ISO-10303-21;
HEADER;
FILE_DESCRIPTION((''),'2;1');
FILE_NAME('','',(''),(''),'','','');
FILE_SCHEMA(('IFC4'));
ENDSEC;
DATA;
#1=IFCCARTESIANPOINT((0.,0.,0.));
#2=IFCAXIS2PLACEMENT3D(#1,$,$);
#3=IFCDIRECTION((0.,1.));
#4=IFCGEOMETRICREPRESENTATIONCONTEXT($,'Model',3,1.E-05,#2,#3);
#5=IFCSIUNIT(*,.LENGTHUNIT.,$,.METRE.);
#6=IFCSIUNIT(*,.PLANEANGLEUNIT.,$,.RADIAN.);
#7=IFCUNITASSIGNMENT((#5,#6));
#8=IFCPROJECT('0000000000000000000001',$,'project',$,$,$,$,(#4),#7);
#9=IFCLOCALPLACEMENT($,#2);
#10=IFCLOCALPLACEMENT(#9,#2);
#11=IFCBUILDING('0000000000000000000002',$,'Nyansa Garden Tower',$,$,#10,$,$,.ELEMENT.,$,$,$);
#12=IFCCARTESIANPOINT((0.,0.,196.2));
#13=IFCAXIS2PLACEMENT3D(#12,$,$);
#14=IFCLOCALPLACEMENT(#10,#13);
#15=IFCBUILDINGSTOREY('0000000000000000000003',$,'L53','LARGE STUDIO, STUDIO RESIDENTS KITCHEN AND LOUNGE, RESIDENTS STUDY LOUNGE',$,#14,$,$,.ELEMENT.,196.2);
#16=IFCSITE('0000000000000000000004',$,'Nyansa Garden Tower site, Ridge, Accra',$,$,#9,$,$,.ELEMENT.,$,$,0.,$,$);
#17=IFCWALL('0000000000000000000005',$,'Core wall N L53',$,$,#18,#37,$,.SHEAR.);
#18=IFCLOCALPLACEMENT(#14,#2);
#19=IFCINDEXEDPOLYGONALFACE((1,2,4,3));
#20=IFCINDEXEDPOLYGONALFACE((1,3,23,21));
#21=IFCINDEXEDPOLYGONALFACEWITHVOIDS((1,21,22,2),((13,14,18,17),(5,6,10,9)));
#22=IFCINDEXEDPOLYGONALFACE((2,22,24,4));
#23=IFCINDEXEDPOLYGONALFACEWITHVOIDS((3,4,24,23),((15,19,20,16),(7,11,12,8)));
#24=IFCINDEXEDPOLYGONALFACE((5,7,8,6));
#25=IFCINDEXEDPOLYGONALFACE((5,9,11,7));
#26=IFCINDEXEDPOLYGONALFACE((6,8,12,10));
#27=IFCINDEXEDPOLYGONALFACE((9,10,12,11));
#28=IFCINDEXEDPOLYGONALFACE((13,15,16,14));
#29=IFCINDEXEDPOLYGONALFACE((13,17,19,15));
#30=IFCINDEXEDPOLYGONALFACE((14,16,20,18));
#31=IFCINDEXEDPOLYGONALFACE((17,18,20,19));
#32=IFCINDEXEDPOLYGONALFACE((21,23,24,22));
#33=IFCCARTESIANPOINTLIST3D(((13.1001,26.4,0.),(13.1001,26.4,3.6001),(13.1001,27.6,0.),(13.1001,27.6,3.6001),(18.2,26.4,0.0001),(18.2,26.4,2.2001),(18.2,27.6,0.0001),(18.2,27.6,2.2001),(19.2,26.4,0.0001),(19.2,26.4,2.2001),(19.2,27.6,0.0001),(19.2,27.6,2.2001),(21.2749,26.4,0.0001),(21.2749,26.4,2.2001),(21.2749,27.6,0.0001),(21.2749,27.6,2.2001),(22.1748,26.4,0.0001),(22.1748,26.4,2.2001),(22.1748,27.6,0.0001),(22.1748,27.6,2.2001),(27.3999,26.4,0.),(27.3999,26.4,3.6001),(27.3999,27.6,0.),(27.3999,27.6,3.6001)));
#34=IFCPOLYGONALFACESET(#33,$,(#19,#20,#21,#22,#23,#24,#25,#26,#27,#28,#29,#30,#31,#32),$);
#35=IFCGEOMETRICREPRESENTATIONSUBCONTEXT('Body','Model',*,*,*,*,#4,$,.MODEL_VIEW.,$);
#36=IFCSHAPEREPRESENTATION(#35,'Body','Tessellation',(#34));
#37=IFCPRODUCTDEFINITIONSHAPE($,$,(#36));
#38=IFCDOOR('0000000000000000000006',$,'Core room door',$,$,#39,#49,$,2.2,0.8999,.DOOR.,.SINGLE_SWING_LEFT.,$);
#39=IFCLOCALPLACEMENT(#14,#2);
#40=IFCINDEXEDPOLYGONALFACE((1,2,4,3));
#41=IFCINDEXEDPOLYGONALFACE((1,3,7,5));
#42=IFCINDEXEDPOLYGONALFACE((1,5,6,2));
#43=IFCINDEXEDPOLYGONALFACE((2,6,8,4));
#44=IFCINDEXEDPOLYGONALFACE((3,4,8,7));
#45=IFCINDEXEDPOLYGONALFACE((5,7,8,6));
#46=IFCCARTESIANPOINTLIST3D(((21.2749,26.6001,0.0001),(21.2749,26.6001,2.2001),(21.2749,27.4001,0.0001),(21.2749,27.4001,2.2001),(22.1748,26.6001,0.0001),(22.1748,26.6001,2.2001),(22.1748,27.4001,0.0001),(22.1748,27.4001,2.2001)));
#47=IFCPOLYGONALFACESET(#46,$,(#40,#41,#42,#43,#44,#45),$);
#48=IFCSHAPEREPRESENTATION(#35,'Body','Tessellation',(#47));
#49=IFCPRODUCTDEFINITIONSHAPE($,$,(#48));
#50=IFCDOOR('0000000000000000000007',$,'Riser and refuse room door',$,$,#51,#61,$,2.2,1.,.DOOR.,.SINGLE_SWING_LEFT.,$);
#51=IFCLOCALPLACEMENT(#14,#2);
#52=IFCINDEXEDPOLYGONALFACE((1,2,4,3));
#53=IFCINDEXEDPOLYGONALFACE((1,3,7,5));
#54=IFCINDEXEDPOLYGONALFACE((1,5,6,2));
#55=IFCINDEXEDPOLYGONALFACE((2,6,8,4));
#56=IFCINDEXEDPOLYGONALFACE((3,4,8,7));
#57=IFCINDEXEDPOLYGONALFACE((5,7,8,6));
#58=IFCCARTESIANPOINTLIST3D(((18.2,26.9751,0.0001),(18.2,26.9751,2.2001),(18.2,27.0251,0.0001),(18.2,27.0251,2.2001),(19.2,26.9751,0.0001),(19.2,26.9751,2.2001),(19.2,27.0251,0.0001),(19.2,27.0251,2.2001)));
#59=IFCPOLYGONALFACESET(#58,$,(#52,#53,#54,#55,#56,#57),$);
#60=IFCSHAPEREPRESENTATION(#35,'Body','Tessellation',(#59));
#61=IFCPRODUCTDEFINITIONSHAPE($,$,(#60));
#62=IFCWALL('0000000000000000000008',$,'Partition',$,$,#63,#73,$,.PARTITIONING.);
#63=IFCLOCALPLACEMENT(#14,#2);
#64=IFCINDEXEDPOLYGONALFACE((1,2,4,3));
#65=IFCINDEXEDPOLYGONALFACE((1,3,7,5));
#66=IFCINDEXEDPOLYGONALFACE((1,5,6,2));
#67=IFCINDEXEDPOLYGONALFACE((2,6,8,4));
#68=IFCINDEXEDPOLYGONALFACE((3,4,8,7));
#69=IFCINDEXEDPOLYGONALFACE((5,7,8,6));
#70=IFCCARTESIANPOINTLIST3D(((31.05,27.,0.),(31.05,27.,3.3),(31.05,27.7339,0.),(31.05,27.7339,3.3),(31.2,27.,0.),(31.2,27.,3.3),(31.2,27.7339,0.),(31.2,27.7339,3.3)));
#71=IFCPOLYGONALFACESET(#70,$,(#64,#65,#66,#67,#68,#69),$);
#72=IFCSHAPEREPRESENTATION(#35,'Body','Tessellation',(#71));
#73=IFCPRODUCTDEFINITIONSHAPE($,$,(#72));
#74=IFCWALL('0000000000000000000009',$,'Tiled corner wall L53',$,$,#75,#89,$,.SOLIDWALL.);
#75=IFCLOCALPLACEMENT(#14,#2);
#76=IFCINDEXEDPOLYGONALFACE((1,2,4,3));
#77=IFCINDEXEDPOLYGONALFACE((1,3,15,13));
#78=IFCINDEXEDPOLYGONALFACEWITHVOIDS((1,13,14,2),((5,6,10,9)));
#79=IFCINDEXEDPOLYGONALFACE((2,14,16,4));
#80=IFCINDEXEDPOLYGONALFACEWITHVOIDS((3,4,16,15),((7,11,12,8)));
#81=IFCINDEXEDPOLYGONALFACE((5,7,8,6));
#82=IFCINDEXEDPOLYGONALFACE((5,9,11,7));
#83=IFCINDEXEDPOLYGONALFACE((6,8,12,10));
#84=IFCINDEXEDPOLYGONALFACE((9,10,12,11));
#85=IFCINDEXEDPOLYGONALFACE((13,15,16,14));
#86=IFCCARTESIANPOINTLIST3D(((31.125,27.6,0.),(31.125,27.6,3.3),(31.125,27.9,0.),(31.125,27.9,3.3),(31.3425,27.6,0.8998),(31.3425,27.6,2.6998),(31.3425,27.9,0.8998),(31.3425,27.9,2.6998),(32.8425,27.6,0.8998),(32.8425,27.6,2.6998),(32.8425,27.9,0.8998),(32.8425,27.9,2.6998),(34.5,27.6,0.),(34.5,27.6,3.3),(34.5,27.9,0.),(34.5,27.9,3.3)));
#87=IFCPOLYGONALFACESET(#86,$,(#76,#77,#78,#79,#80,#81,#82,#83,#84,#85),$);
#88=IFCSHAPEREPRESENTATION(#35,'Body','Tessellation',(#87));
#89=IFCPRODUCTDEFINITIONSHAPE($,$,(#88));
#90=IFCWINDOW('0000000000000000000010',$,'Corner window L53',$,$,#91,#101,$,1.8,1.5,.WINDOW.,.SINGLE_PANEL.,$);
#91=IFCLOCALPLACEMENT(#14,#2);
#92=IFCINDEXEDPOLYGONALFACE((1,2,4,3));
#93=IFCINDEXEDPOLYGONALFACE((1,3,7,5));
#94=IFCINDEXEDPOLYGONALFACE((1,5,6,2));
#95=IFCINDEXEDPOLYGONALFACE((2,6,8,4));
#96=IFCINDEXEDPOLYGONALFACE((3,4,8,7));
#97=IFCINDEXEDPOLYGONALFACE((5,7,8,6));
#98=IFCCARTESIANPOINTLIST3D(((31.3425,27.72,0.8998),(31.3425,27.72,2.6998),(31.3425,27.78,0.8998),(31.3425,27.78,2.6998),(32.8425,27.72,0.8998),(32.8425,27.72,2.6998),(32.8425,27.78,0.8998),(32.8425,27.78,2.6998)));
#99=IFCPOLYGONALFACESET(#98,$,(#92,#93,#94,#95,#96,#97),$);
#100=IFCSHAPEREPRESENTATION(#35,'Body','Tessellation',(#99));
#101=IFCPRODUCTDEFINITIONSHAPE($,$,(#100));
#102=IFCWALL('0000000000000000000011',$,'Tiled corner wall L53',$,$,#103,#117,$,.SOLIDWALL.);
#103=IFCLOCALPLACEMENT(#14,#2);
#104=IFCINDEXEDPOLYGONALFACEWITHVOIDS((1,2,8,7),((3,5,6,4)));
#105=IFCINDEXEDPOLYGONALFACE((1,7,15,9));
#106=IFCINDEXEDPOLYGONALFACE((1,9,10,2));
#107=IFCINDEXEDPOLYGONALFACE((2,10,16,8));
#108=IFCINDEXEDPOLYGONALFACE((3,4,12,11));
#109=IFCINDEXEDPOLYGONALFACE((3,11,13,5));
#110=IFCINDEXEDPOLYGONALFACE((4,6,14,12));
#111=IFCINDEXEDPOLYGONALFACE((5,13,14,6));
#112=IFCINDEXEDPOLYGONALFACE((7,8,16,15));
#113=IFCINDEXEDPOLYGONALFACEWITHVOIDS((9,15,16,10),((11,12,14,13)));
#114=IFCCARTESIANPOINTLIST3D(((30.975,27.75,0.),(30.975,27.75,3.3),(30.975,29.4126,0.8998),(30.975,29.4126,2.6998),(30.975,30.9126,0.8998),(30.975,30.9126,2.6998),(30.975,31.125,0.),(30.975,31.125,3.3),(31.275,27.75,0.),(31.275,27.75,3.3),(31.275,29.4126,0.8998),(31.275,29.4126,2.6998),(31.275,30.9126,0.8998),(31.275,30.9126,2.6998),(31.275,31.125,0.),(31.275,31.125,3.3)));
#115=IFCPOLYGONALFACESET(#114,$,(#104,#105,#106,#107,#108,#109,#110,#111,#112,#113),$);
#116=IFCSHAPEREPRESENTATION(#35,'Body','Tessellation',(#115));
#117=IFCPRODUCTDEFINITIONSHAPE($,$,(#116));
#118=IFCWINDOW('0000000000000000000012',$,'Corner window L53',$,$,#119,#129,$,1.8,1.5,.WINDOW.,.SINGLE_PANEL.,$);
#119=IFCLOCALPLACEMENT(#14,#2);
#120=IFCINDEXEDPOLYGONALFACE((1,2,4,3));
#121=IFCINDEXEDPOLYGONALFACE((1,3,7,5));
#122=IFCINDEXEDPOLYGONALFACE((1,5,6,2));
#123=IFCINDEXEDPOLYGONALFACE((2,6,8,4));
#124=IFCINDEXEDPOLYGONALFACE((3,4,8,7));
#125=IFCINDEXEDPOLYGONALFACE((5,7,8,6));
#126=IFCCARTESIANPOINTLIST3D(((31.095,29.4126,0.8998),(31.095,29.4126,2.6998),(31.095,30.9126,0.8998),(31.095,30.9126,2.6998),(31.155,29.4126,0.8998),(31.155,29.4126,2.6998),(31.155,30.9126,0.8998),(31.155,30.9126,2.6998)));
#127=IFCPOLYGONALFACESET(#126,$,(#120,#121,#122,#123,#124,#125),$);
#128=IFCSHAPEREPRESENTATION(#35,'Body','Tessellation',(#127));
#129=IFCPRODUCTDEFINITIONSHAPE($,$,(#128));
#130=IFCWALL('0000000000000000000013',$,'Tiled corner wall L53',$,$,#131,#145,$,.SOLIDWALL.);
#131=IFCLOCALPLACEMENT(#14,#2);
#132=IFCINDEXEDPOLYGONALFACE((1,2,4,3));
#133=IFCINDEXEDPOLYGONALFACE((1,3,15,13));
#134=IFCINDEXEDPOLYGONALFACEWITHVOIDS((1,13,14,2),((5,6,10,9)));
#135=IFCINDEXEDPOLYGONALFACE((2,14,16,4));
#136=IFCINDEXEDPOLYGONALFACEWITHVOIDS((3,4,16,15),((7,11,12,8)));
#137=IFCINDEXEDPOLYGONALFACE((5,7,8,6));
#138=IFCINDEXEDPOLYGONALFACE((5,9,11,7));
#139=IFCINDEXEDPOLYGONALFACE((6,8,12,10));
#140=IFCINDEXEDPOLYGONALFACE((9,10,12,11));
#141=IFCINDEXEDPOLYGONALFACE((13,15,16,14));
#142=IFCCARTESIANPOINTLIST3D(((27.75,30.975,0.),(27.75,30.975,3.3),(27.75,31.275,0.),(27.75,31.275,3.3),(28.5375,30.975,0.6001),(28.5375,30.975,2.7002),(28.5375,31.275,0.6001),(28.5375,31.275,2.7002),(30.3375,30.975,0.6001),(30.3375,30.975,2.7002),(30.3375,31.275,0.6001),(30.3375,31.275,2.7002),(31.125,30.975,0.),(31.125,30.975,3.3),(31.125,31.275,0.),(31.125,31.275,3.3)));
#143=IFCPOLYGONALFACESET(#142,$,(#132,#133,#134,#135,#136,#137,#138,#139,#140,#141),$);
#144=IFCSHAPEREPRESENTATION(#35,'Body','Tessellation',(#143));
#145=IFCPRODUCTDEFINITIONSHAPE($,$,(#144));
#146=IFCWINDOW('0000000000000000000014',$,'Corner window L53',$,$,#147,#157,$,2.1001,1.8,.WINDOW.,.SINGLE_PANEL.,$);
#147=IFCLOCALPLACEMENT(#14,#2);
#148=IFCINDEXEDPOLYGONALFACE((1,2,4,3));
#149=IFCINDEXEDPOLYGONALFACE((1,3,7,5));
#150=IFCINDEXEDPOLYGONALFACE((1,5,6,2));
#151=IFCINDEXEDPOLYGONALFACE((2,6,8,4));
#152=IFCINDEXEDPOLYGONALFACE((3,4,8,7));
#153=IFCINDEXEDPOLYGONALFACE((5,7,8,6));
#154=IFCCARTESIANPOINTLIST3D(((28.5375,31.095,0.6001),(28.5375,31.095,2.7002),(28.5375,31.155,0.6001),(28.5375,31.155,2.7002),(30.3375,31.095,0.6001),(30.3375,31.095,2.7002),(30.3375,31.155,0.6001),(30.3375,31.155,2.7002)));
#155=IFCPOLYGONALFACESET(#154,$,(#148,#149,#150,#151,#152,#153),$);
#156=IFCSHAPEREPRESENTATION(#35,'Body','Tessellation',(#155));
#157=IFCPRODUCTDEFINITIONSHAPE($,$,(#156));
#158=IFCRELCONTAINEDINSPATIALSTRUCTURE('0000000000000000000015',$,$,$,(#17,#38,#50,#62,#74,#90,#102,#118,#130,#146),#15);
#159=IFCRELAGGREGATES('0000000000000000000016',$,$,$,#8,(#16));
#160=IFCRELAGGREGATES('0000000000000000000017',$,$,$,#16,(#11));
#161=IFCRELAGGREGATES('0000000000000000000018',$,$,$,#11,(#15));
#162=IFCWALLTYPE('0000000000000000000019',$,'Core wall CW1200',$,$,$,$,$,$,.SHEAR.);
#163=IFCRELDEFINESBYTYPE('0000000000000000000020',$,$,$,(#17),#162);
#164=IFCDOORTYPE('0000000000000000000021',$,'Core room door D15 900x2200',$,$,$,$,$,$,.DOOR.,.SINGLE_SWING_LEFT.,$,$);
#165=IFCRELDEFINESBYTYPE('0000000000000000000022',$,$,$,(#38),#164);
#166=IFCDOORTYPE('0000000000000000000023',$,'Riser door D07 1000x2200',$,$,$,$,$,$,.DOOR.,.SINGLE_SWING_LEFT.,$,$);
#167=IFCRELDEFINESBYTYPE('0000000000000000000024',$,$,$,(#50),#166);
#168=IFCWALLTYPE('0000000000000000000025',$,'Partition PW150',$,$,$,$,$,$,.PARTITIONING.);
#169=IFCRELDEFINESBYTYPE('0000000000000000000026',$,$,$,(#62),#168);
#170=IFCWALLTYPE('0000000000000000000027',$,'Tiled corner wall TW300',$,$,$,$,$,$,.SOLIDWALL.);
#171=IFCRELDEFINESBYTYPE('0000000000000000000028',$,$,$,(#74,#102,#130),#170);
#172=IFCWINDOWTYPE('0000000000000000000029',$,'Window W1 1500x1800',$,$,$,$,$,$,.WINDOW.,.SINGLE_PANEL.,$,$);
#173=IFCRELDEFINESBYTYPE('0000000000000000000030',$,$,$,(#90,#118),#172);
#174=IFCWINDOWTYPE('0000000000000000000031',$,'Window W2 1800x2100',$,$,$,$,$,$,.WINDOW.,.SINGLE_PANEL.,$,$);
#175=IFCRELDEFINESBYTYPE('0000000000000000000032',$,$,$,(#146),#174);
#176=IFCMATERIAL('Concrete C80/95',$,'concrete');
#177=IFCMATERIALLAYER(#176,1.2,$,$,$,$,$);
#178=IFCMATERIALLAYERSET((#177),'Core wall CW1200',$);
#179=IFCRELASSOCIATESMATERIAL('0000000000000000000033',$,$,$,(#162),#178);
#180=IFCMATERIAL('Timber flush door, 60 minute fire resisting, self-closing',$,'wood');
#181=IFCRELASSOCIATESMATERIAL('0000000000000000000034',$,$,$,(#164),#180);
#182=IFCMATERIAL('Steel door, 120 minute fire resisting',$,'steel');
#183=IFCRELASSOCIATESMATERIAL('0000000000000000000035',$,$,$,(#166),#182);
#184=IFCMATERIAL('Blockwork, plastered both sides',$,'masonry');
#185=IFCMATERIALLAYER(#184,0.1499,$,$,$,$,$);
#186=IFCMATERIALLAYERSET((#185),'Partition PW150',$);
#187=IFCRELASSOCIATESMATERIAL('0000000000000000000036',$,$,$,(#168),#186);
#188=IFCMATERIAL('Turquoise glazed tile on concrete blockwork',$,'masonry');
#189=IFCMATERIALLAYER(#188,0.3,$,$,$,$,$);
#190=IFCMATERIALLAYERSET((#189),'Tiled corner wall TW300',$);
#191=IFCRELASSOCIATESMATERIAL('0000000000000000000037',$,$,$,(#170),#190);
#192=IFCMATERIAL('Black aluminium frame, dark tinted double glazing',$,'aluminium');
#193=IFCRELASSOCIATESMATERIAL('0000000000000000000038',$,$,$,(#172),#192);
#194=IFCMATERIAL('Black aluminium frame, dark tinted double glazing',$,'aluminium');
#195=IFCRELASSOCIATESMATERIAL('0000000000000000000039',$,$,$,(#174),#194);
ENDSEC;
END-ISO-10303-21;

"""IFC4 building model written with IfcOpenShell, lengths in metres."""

from ifc_helpers import new_model, si_unit, direction, frame, frame_2d, origin, place, context, subcontext, project, spatial, rectangle, extrude, material, layer, layer_set, type_object, element, fill, save


model = new_model("IFC4")

# Units and contexts
model_context = context("Model", 3, precision=1e-05, world=origin(), true_north=direction((0.0, 1.0)))
body_context = subcontext(model_context, "Body", "Model", "MODEL_VIEW")
ifc_project = project(units=[si_unit("LENGTHUNIT", "METRE"), si_unit("PLANEANGLEUNIT", "RADIAN")], contexts=[model_context])

# Site, building, storey
site_placement = place(None, origin())
site = spatial("IfcSite", under=ifc_project, at=site_placement, Name="Nyansa Garden Tower site, Ridge, Accra", CompositionType="ELEMENT", RefElevation=0.0)
building_placement = place(site_placement, origin())
building = spatial("IfcBuilding", under=site, at=building_placement, Name="Nyansa Garden Tower", CompositionType="ELEMENT")
storey_placement = place(building_placement, frame((0.0, 0.0, 196.2)))
storey = spatial("IfcBuildingStorey", under=building, at=storey_placement, Name="L53", Description="LARGE STUDIO, STUDIO RESIDENTS KITCHEN AND LOUNGE, RESIDENTS STUDY LOUNGE", CompositionType="ELEMENT", Elevation=196.2)

# Wall, openings, doors
ifc_material_1 = material(Name="Concrete C80/95", Category="concrete")
ifc_layer_1 = layer(ifc_material_1, 1.2)
ifc_layer_set_1 = layer_set([ifc_layer_1], Name="Core wall CW1200")
wall_type_1 = type_object("IfcWallType", Name="Core wall CW1200", PredefinedType="SHEAR", material=ifc_layer_set_1)
wall_1_placement = place(storey_placement, frame((27.3999, 27.0, 0.0), z_axis=(0.0, 0.0, 1.0), x_axis=(-1.0, 0.0, 0.0)))
wall_1 = element("IfcWall", 1, at=wall_1_placement, inside=storey, type_object=wall_type_1, Name="Core wall N L53", PredefinedType="SHEAR", context=body_context, shape_type="SweptSolid", body=[
    extrude(rectangle(XDim=14.2998, YDim=1.2, at=frame_2d((7.1499, 0.0))), origin(), (0.0, 0.0, 1.0), 3.6001),
])
opening_1_placement = place(wall_1_placement, frame((5.2251, 0.0, 0.0)))
opening_1 = element("IfcOpeningElement", 2, at=opening_1_placement, cuts=wall_1, PredefinedType="OPENING", context=body_context, shape_type="SweptSolid", body=[
    extrude(rectangle(XDim=0.8999, YDim=2.2, at=frame_2d((0.45, 1.1001))), frame((0.0, 0.6099, 0.0), z_axis=(0.0, -1.0, 0.0), x_axis=(1.0, 0.0, 0.0)), (0.0, 0.0, 1.0), 1.22),
])
opening_2_placement = place(wall_1_placement, frame((8.2, 0.0, 0.0)))
opening_2 = element("IfcOpeningElement", 3, at=opening_2_placement, cuts=wall_1, PredefinedType="OPENING", context=body_context, shape_type="SweptSolid", body=[
    extrude(rectangle(XDim=1.0, YDim=2.2, at=frame_2d((0.5, 1.1001))), frame((0.0, 0.6099, 0.0), z_axis=(0.0, -1.0, 0.0), x_axis=(1.0, 0.0, 0.0)), (0.0, 0.0, 1.0), 1.22),
])
ifc_material_2 = material(Name="Timber flush door, 60 minute fire resisting, self-closing", Category="wood")
door_type_1 = type_object("IfcDoorType", Name="Core room door D15 900x2200", OperationType="SINGLE_SWING_LEFT", PredefinedType="DOOR", material=ifc_material_2)
door_1_placement = place(opening_1_placement, origin())
door_1 = element("IfcDoor", 4, at=door_1_placement, inside=storey, type_object=door_type_1, Name="Core room door", OperationType="SINGLE_SWING_LEFT", OverallHeight=2.2, OverallWidth=0.8999, PredefinedType="DOOR", context=body_context, shape_type="SweptSolid", body=[
    extrude(rectangle(XDim=0.8999, YDim=2.2, at=frame_2d((0.45, 1.1001))), frame((0.0, 0.3999, 0.0), z_axis=(0.0, -1.0, 0.0), x_axis=(1.0, 0.0, 0.0)), (0.0, 0.0, 1.0), 0.8),
])
fill(opening_1, door_1)
ifc_material_3 = material(Name="Steel door, 120 minute fire resisting", Category="steel")
door_type_2 = type_object("IfcDoorType", Name="Riser door D07 1000x2200", OperationType="SINGLE_SWING_LEFT", PredefinedType="DOOR", material=ifc_material_3)
door_2_placement = place(opening_2_placement, origin())
door_2 = element("IfcDoor", 5, at=door_2_placement, inside=storey, type_object=door_type_2, Name="Riser and refuse room door", OperationType="SINGLE_SWING_LEFT", OverallHeight=2.2, OverallWidth=1.0, PredefinedType="DOOR", context=body_context, shape_type="SweptSolid", body=[
    extrude(rectangle(XDim=1.0, YDim=2.2, at=frame_2d((0.5, 1.1001))), frame((0.0, 0.0249, 0.0), z_axis=(0.0, -1.0, 0.0), x_axis=(1.0, 0.0, 0.0)), (0.0, 0.0, 1.0), 0.05),
])
fill(opening_2, door_2)

# Wall
ifc_material_4 = material(Name="Blockwork, plastered both sides", Category="masonry")
ifc_layer_2 = layer(ifc_material_4, 0.1499)
ifc_layer_set_2 = layer_set([ifc_layer_2], Name="Partition PW150")
wall_type_2 = type_object("IfcWallType", Name="Partition PW150", PredefinedType="PARTITIONING", material=ifc_layer_set_2)
wall_2_placement = place(storey_placement, frame((31.125, 27.0, 0.0), z_axis=(0.0, 0.0, 1.0), x_axis=(0.0, 1.0, 0.0)))
element("IfcWall", 6, at=wall_2_placement, inside=storey, type_object=wall_type_2, Name="Partition", PredefinedType="PARTITIONING", context=body_context, shape_type="SweptSolid", body=[
    extrude(rectangle(XDim=0.7339, YDim=0.1499, at=frame_2d((0.3669, 0.0))), origin(), (0.0, 0.0, 1.0), 3.3),
])

# Walls, openings, windows
ifc_material_5 = material(Name="Turquoise glazed tile on concrete blockwork", Category="masonry")
ifc_layer_3 = layer(ifc_material_5, 0.3)
ifc_layer_set_3 = layer_set([ifc_layer_3], Name="Tiled corner wall TW300")
wall_type_3 = type_object("IfcWallType", Name="Tiled corner wall TW300", PredefinedType="SOLIDWALL", material=ifc_layer_set_3)
wall_3_placement = place(storey_placement, frame((34.5, 27.75, 0.0), z_axis=(0.0, 0.0, 1.0), x_axis=(-1.0, 0.0, 0.0)))
wall_3 = element("IfcWall", 7, at=wall_3_placement, inside=storey, type_object=wall_type_3, Name="Tiled corner wall L53", PredefinedType="SOLIDWALL", context=body_context, shape_type="SweptSolid", body=[
    extrude(rectangle(XDim=3.375, YDim=0.3, at=frame_2d((1.6875, 0.0))), origin(), (0.0, 0.0, 1.0), 3.3),
])
opening_3_placement = place(wall_3_placement, frame((1.6575, 0.0, 0.8999)))
opening_3 = element("IfcOpeningElement", 8, at=opening_3_placement, cuts=wall_3, PredefinedType="OPENING", context=body_context, shape_type="SweptSolid", body=[
    extrude(rectangle(XDim=1.5, YDim=1.8, at=frame_2d((0.75, 0.8999))), frame((0.0, 0.1599, 0.0), z_axis=(0.0, -1.0, 0.0), x_axis=(1.0, 0.0, 0.0)), (0.0, 0.0, 1.0), 0.3201),
])
ifc_material_6 = material(Name="Black aluminium frame, dark tinted double glazing", Category="aluminium")
window_type_1 = type_object("IfcWindowType", Name="Window W1 1500x1800", PartitioningType="SINGLE_PANEL", PredefinedType="WINDOW", material=ifc_material_6)
window_1_placement = place(opening_3_placement, origin())
window_1 = element("IfcWindow", 9, at=window_1_placement, inside=storey, type_object=window_type_1, Name="Corner window L53", OverallHeight=1.8, OverallWidth=1.5, PartitioningType="SINGLE_PANEL", PredefinedType="WINDOW", context=body_context, shape_type="SweptSolid", body=[
    extrude(rectangle(XDim=1.5, YDim=1.8, at=frame_2d((0.75, 0.8999))), frame((0.0, 0.03, 0.0), z_axis=(0.0, -1.0, 0.0), x_axis=(1.0, 0.0, 0.0)), (0.0, 0.0, 1.0), 0.0601),
])
fill(opening_3, window_1)
wall_4_placement = place(storey_placement, frame((31.125, 27.75, 0.0), z_axis=(0.0, 0.0, 1.0), x_axis=(0.0, 1.0, 0.0)))
wall_4 = element("IfcWall", 10, at=wall_4_placement, inside=storey, type_object=wall_type_3, Name="Tiled corner wall L53", PredefinedType="SOLIDWALL", context=body_context, shape_type="SweptSolid", body=[
    extrude(rectangle(XDim=3.375, YDim=0.3, at=frame_2d((1.6875, 0.0))), origin(), (0.0, 0.0, 1.0), 3.3),
])
opening_4_placement = place(wall_4_placement, frame((1.6626, 0.0, 0.8999)))
opening_4 = element("IfcOpeningElement", 11, at=opening_4_placement, cuts=wall_4, PredefinedType="OPENING", context=body_context, shape_type="SweptSolid", body=[
    extrude(rectangle(XDim=1.5, YDim=1.8, at=frame_2d((0.75, 0.8999))), frame((0.0, 0.1599, 0.0), z_axis=(0.0, -1.0, 0.0), x_axis=(1.0, 0.0, 0.0)), (0.0, 0.0, 1.0), 0.3201),
])
window_2_placement = place(opening_4_placement, origin())
window_2 = element("IfcWindow", 12, at=window_2_placement, inside=storey, type_object=window_type_1, Name="Corner window L53", OverallHeight=1.8, OverallWidth=1.5, PartitioningType="SINGLE_PANEL", PredefinedType="WINDOW", context=body_context, shape_type="SweptSolid", body=[
    extrude(rectangle(XDim=1.5, YDim=1.8, at=frame_2d((0.75, 0.8999))), frame((0.0, 0.03, 0.0), z_axis=(0.0, -1.0, 0.0), x_axis=(1.0, 0.0, 0.0)), (0.0, 0.0, 1.0), 0.0601),
])
fill(opening_4, window_2)
wall_5_placement = place(storey_placement, frame((31.125, 31.125, 0.0), z_axis=(0.0, 0.0, 1.0), x_axis=(-1.0, 0.0, 0.0)))
wall_5 = element("IfcWall", 13, at=wall_5_placement, inside=storey, type_object=wall_type_3, Name="Tiled corner wall L53", PredefinedType="SOLIDWALL", context=body_context, shape_type="SweptSolid", body=[
    extrude(rectangle(XDim=3.375, YDim=0.3, at=frame_2d((1.6875, 0.0))), origin(), (0.0, 0.0, 1.0), 3.3),
])
opening_5_placement = place(wall_5_placement, frame((0.7876, 0.0, 0.6001)))
opening_5 = element("IfcOpeningElement", 14, at=opening_5_placement, cuts=wall_5, PredefinedType="OPENING", context=body_context, shape_type="SweptSolid", body=[
    extrude(rectangle(XDim=1.8, YDim=2.1001, at=frame_2d((0.8999, 1.05))), frame((0.0, 0.1599, 0.0), z_axis=(0.0, -1.0, 0.0), x_axis=(1.0, 0.0, 0.0)), (0.0, 0.0, 1.0), 0.3201),
])
ifc_material_7 = material(Name="Black aluminium frame, dark tinted double glazing", Category="aluminium")
window_type_2 = type_object("IfcWindowType", Name="Window W2 1800x2100", PartitioningType="SINGLE_PANEL", PredefinedType="WINDOW", material=ifc_material_7)
window_3_placement = place(opening_5_placement, origin())
window_3 = element("IfcWindow", 15, at=window_3_placement, inside=storey, type_object=window_type_2, Name="Corner window L53", OverallHeight=2.1001, OverallWidth=1.8, PartitioningType="SINGLE_PANEL", PredefinedType="WINDOW", context=body_context, shape_type="SweptSolid", body=[
    extrude(rectangle(XDim=1.8, YDim=2.1001, at=frame_2d((0.8999, 1.05))), frame((0.0, 0.03, 0.0), z_axis=(0.0, -1.0, 0.0), x_axis=(1.0, 0.0, 0.0)), (0.0, 0.0, 1.0), 0.0601),
])
fill(opening_5, window_3)

save(model, "model.ifc")
